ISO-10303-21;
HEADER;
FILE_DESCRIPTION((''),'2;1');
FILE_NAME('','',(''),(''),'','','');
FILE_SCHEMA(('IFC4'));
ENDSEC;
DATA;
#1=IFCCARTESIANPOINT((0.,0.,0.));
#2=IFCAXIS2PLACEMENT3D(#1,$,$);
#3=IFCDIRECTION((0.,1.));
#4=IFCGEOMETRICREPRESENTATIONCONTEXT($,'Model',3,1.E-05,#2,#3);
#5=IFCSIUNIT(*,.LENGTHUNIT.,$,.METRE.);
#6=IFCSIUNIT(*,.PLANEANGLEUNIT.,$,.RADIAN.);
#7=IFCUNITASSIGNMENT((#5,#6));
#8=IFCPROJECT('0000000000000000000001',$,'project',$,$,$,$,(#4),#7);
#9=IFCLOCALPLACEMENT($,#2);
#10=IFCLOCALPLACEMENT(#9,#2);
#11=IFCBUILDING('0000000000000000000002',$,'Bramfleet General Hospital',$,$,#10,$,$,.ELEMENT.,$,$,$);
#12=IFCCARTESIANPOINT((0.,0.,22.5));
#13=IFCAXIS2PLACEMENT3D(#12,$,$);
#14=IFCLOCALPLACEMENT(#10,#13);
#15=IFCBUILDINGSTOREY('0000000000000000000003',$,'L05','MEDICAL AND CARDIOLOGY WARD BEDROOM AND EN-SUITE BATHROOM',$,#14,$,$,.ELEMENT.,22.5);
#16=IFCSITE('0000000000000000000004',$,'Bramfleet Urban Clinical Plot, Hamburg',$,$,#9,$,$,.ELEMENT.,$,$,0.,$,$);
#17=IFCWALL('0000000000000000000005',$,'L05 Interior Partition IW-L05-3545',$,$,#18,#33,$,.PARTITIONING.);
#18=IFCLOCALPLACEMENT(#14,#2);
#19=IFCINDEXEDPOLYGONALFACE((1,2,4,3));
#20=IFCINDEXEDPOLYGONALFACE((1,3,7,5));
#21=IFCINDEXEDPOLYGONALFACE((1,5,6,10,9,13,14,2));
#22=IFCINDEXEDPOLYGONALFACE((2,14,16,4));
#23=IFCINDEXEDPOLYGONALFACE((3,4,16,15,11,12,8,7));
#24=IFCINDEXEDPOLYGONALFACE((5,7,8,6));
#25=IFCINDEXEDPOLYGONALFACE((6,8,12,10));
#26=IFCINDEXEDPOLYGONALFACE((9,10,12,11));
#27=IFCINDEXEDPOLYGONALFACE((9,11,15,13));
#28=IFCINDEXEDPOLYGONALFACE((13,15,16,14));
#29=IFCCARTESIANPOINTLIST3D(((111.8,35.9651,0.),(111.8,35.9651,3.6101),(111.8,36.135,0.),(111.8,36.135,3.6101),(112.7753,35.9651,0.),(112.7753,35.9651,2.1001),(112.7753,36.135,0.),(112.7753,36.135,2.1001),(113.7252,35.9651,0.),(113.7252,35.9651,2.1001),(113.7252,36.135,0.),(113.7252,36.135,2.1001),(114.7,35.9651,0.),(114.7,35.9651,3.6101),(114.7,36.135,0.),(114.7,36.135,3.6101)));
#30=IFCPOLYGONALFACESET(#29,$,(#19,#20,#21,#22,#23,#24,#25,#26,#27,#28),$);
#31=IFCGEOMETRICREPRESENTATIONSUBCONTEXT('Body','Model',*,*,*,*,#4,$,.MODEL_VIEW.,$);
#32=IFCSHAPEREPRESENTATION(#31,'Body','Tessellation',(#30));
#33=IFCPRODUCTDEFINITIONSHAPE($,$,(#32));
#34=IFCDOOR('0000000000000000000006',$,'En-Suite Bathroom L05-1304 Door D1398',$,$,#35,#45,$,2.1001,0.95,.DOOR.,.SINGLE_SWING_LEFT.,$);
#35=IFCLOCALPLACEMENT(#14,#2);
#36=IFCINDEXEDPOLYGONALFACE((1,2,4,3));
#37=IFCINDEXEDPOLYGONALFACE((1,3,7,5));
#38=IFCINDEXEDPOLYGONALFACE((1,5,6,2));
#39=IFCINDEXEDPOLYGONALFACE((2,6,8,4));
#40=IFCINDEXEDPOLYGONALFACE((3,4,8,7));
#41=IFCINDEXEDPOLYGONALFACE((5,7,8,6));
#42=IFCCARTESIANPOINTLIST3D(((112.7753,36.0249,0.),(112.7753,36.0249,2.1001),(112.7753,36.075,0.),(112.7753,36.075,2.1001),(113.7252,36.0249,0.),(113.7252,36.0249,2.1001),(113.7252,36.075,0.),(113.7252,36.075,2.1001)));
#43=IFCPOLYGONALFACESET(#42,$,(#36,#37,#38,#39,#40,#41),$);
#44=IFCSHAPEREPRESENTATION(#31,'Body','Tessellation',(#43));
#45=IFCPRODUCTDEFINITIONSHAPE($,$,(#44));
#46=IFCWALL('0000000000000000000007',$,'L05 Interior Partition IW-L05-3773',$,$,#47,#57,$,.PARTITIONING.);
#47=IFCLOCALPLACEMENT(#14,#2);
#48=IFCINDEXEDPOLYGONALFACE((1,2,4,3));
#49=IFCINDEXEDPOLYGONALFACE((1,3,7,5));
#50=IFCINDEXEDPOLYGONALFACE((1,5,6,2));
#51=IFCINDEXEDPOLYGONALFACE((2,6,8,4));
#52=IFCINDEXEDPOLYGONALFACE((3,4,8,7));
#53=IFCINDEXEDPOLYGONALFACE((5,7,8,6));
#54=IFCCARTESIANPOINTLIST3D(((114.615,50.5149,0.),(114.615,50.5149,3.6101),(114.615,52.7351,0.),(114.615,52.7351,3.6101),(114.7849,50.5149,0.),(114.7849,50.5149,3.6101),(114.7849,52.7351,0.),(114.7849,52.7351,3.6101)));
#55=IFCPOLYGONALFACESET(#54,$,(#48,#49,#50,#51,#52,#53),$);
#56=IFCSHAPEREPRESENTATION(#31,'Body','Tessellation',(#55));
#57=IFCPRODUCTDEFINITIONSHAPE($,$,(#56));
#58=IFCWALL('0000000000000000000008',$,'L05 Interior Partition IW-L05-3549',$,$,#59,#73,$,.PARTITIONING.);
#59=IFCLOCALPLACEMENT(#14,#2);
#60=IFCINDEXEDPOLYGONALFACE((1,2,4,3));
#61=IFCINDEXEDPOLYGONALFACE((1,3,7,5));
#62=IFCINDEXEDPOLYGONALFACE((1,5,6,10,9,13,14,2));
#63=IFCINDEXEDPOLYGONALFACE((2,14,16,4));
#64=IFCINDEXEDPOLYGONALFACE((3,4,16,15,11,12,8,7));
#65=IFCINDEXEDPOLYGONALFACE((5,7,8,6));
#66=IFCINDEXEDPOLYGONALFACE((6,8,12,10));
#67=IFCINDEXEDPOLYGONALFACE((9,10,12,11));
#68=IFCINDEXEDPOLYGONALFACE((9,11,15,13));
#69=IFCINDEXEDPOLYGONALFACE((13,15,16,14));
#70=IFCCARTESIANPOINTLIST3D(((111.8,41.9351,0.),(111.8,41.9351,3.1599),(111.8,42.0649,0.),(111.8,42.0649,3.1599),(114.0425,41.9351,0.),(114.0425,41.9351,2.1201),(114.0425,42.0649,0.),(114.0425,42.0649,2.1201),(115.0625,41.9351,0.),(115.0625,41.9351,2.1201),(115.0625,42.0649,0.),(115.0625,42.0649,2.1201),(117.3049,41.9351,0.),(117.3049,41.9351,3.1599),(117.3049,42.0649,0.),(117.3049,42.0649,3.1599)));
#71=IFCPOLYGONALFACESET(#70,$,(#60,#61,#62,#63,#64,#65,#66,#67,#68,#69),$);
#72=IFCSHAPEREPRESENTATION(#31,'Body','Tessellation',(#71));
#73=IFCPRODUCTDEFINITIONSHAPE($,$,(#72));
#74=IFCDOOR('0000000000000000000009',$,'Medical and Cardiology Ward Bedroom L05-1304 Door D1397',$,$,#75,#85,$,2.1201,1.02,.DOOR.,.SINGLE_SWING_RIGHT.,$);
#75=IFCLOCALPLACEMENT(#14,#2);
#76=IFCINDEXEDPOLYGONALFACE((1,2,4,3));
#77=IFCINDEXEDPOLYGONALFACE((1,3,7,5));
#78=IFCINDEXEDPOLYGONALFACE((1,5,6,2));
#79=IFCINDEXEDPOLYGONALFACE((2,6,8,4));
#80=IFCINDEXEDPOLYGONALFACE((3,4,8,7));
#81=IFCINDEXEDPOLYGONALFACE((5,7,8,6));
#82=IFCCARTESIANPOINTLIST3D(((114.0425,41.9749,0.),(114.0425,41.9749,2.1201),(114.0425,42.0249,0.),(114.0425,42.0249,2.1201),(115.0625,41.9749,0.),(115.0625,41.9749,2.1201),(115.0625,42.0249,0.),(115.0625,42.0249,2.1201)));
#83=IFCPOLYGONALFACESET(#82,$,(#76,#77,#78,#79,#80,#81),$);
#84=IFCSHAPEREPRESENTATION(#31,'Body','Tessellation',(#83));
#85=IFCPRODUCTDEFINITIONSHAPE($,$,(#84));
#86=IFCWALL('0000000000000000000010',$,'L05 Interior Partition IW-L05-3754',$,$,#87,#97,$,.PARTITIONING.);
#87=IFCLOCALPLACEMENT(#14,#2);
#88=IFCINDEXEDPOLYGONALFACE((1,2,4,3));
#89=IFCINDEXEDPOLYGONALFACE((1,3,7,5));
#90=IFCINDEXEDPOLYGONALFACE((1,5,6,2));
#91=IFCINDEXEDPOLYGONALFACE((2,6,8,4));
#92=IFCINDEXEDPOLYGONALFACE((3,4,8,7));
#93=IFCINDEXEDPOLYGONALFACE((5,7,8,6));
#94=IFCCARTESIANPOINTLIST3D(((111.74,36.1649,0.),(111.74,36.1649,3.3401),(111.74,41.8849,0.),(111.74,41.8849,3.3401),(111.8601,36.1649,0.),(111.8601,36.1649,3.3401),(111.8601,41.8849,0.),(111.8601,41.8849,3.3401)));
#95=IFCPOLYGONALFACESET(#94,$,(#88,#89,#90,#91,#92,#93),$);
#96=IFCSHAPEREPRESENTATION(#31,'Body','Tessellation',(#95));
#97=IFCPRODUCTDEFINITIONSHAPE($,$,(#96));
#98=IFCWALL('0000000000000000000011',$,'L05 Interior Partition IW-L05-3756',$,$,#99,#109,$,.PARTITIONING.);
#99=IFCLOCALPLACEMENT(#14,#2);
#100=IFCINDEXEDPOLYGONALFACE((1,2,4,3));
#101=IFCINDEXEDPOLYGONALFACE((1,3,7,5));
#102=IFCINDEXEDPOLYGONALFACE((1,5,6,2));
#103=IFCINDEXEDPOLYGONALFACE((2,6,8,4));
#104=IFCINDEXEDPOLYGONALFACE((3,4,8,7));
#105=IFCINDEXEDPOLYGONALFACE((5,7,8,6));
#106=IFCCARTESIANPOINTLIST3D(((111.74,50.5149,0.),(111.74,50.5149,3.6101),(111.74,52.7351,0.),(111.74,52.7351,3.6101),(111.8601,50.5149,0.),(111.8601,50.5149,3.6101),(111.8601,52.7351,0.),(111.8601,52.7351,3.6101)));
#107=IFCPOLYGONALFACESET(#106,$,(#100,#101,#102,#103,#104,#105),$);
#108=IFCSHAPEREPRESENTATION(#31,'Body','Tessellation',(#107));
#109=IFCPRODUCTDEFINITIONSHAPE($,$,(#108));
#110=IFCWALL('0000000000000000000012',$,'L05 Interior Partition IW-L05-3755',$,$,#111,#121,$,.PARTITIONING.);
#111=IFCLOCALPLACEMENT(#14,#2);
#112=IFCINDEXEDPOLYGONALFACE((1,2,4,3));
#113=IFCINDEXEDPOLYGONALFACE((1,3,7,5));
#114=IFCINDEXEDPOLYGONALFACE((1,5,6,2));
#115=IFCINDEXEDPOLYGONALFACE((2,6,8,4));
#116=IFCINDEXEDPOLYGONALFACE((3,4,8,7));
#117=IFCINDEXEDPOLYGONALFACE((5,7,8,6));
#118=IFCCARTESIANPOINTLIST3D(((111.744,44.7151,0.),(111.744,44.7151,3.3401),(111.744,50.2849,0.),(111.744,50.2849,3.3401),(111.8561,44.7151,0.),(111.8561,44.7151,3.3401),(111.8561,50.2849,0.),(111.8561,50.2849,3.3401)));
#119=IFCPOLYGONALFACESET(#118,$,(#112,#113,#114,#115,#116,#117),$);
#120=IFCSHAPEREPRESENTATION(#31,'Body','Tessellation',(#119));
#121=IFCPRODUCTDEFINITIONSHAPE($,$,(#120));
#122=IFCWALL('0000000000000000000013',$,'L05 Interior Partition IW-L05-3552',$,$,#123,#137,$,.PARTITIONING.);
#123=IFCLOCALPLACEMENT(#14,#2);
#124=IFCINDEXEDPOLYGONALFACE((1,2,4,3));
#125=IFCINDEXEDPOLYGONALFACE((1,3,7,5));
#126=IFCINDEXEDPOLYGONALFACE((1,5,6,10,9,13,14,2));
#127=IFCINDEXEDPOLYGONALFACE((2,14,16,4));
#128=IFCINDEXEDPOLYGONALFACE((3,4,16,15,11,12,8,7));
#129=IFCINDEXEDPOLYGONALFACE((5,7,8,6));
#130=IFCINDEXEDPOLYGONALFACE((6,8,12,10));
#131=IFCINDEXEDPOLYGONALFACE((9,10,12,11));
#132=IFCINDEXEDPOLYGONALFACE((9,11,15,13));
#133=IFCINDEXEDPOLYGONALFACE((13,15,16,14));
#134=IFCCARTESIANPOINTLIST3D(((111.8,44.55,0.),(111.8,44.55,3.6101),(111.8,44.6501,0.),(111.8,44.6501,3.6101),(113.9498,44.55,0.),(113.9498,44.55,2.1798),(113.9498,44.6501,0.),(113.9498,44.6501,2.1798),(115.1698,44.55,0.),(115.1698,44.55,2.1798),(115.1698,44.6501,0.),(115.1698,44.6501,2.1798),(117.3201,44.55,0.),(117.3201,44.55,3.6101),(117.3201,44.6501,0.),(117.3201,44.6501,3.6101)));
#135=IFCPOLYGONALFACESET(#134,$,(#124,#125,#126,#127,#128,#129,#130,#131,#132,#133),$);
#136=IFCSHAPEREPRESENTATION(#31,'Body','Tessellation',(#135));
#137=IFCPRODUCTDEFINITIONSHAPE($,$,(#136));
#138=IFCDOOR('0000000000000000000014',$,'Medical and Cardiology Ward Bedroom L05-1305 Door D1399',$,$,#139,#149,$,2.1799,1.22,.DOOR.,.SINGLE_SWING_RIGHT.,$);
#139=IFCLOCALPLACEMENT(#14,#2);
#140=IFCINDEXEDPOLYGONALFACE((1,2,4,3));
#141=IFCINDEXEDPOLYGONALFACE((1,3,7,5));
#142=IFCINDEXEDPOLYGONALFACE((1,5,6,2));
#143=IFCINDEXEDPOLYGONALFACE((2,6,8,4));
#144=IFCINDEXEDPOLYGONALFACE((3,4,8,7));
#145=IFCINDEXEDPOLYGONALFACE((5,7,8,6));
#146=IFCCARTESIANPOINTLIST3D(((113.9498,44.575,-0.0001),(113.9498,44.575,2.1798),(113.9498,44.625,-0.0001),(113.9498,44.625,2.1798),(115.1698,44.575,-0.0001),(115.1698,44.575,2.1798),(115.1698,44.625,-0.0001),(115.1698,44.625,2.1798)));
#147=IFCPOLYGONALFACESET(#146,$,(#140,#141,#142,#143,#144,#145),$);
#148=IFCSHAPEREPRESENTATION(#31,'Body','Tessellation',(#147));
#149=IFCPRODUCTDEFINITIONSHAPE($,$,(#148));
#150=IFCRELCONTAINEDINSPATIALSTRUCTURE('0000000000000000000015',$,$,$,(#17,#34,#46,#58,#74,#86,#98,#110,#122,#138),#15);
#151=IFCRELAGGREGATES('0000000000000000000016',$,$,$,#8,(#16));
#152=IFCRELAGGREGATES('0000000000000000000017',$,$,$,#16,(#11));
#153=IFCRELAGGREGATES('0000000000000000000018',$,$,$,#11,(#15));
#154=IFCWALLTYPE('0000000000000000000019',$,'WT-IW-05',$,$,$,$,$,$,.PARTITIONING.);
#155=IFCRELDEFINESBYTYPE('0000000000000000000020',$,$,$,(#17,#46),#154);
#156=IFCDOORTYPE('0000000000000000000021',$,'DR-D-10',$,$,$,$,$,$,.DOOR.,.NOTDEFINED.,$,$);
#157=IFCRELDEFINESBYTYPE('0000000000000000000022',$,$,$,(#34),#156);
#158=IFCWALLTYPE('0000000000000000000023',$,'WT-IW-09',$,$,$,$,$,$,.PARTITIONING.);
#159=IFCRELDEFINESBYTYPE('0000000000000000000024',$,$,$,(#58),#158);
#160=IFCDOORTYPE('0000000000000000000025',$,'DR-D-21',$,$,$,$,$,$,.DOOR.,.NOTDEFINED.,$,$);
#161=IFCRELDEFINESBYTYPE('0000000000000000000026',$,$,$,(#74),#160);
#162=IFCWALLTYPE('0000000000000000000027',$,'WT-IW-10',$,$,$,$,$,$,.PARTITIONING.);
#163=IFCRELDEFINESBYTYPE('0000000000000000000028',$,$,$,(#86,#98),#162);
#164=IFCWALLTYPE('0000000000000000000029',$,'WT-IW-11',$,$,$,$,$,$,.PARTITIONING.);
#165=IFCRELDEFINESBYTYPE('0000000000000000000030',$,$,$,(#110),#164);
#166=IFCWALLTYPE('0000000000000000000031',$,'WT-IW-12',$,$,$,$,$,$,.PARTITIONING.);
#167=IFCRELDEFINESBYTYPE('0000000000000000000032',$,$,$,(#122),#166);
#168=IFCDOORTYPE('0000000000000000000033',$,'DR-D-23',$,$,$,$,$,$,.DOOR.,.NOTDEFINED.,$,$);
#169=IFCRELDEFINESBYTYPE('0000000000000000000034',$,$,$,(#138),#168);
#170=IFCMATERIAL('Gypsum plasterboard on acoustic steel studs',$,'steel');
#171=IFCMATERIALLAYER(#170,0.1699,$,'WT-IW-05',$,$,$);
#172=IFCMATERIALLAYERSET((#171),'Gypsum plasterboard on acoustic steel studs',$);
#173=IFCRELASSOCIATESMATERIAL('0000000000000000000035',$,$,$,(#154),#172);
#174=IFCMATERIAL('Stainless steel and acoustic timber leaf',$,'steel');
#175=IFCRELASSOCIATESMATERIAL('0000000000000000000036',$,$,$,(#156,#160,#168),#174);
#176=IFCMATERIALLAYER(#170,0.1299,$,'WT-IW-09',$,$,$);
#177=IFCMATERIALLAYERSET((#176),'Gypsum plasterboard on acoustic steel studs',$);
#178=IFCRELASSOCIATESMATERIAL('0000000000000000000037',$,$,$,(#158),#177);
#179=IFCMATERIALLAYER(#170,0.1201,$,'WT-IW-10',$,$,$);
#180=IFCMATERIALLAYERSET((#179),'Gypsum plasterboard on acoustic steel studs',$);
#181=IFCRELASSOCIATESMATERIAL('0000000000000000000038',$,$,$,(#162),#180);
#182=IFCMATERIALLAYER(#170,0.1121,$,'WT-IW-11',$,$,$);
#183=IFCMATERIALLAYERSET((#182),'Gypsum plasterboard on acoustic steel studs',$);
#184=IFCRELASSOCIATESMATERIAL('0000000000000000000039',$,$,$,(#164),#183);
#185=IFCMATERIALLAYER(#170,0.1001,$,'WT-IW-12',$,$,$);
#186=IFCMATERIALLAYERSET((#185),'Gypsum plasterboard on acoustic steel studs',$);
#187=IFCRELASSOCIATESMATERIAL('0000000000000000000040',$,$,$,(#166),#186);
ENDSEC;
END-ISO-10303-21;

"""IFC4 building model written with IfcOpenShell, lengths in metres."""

from ifc_helpers import new_model, si_unit, direction, frame, frame_2d, origin, place, context, subcontext, project, spatial, rectangle, extrude, material, layer, layer_set, type_object, element, fill, save


model = new_model("IFC4")

# Units and contexts
model_context = context("Model", 3, precision=1e-05, world=origin(), true_north=direction((0.0, 1.0)))
body_context = subcontext(model_context, "Body", "Model", "MODEL_VIEW")
ifc_project = project(units=[si_unit("LENGTHUNIT", "METRE"), si_unit("PLANEANGLEUNIT", "RADIAN")], contexts=[model_context])

# Site, building, storey
site_placement = place(None, origin())
site = spatial("IfcSite", under=ifc_project, at=site_placement, Name="Bramfleet Urban Clinical Plot, Hamburg", CompositionType="ELEMENT", RefElevation=0.0)
building_placement = place(site_placement, origin())
building = spatial("IfcBuilding", under=site, at=building_placement, Name="Bramfleet General Hospital", CompositionType="ELEMENT")
storey_placement = place(building_placement, frame((0.0, 0.0, 22.5)))
storey = spatial("IfcBuildingStorey", under=building, at=storey_placement, Name="L05", Description="MEDICAL AND CARDIOLOGY WARD BEDROOM AND EN-SUITE BATHROOM", CompositionType="ELEMENT", Elevation=22.5)

# Wall, opening, door
ifc_material_1 = material(Name="Gypsum plasterboard on acoustic steel studs", Category="steel")
ifc_layer_1 = layer(ifc_material_1, 0.1699, Name="WT-IW-05")
ifc_layer_set_1 = layer_set([ifc_layer_1], Name="Gypsum plasterboard on acoustic steel studs")
wall_type_1 = type_object("IfcWallType", Name="WT-IW-05", PredefinedType="PARTITIONING", material=ifc_layer_set_1)
wall_1_placement = place(storey_placement, frame((111.8, 36.05, 0.0), z_axis=(0.0, 0.0, 1.0), x_axis=(1.0, 0.0, 0.0)))
wall_1 = element("IfcWall", 1, at=wall_1_placement, inside=storey, type_object=wall_type_1, Name="L05 Interior Partition IW-L05-3545", PredefinedType="PARTITIONING", context=body_context, shape_type="SweptSolid", body=[
    extrude(rectangle(XDim=2.8999, YDim=0.1699, at=frame_2d((1.45, 0.0))), origin(), (0.0, 0.0, 1.0), 3.6101),
])
opening_1_placement = place(wall_1_placement, frame((0.9751, 0.0, 0.0)))
opening_1 = element("IfcOpeningElement", 2, at=opening_1_placement, cuts=wall_1, PredefinedType="OPENING", context=body_context, shape_type="SweptSolid", body=[
    extrude(rectangle(XDim=0.95, YDim=2.1001, at=frame_2d((0.4751, 1.05))), frame((0.0, 0.095, 0.0), z_axis=(0.0, -1.0, 0.0), x_axis=(1.0, 0.0, 0.0)), (0.0, 0.0, 1.0), 0.1899),
])
ifc_material_2 = material(Name="Stainless steel and acoustic timber leaf", Category="steel")
door_type_1 = type_object("IfcDoorType", Name="DR-D-10", OperationType="NOTDEFINED", PredefinedType="DOOR", material=ifc_material_2)
door_1_placement = place(opening_1_placement, origin())
door_1 = element("IfcDoor", 3, at=door_1_placement, inside=storey, type_object=door_type_1, Name="En-Suite Bathroom L05-1304 Door D1398", OperationType="SINGLE_SWING_LEFT", OverallHeight=2.1001, OverallWidth=0.95, PredefinedType="DOOR", context=body_context, shape_type="SweptSolid", body=[
    extrude(rectangle(XDim=0.95, YDim=2.1001, at=frame_2d((0.4751, 1.05))), frame((0.0, 0.0249, 0.0), z_axis=(0.0, -1.0, 0.0), x_axis=(1.0, 0.0, 0.0)), (0.0, 0.0, 1.0), 0.05),
])
fill(opening_1, door_1)

# Wall
wall_2_placement = place(storey_placement, frame((114.7, 50.5149, 0.0), z_axis=(0.0, 0.0, 1.0), x_axis=(0.0, 1.0, 0.0)))
element("IfcWall", 4, at=wall_2_placement, inside=storey, type_object=wall_type_1, Name="L05 Interior Partition IW-L05-3773", PredefinedType="PARTITIONING", context=body_context, shape_type="SweptSolid", body=[
    extrude(rectangle(XDim=2.2202, YDim=0.1699, at=frame_2d((1.1101, 0.0))), origin(), (0.0, 0.0, 1.0), 3.6101),
])

# Wall, opening, door
ifc_layer_2 = layer(ifc_material_1, 0.1299, Name="WT-IW-09")
ifc_layer_set_2 = layer_set([ifc_layer_2], Name="Gypsum plasterboard on acoustic steel studs")
wall_type_2 = type_object("IfcWallType", Name="WT-IW-09", PredefinedType="PARTITIONING", material=ifc_layer_set_2)
wall_3_placement = place(storey_placement, frame((111.8, 42.0, 0.0), z_axis=(0.0, 0.0, 1.0), x_axis=(1.0, 0.0, 0.0)))
wall_3 = element("IfcWall", 5, at=wall_3_placement, inside=storey, type_object=wall_type_2, Name="L05 Interior Partition IW-L05-3549", PredefinedType="PARTITIONING", context=body_context, shape_type="SweptSolid", body=[
    extrude(rectangle(XDim=5.5049, YDim=0.1299, at=frame_2d((2.7524, 0.0))), origin(), (0.0, 0.0, 1.0), 3.1599),
])
opening_2_placement = place(wall_3_placement, frame((2.2424, 0.0, 0.0)))
opening_2 = element("IfcOpeningElement", 6, at=opening_2_placement, cuts=wall_3, PredefinedType="OPENING", context=body_context, shape_type="SweptSolid", body=[
    extrude(rectangle(XDim=1.02, YDim=2.1201, at=frame_2d((0.51, 1.0601))), frame((0.0, 0.075, 0.0), z_axis=(0.0, -1.0, 0.0), x_axis=(1.0, 0.0, 0.0)), (0.0, 0.0, 1.0), 0.1499),
])
door_type_2 = type_object("IfcDoorType", Name="DR-D-21", OperationType="NOTDEFINED", PredefinedType="DOOR", material=ifc_material_2)
door_2_placement = place(opening_2_placement, origin())
door_2 = element("IfcDoor", 7, at=door_2_placement, inside=storey, type_object=door_type_2, Name="Medical and Cardiology Ward Bedroom L05-1304 Door D1397", OperationType="SINGLE_SWING_RIGHT", OverallHeight=2.1201, OverallWidth=1.02, PredefinedType="DOOR", context=body_context, shape_type="SweptSolid", body=[
    extrude(rectangle(XDim=1.02, YDim=2.1201, at=frame_2d((0.51, 1.0601))), frame((0.0, 0.0249, 0.0), z_axis=(0.0, -1.0, 0.0), x_axis=(1.0, 0.0, 0.0)), (0.0, 0.0, 1.0), 0.05),
])
fill(opening_2, door_2)

# Walls
ifc_layer_3 = layer(ifc_material_1, 0.1201, Name="WT-IW-10")
ifc_layer_set_3 = layer_set([ifc_layer_3], Name="Gypsum plasterboard on acoustic steel studs")
wall_type_3 = type_object("IfcWallType", Name="WT-IW-10", PredefinedType="PARTITIONING", material=ifc_layer_set_3)
wall_4_placement = place(storey_placement, frame((111.8, 36.165, 0.0), z_axis=(0.0, 0.0, 1.0), x_axis=(0.0, 1.0, 0.0)))
element("IfcWall", 8, at=wall_4_placement, inside=storey, type_object=wall_type_3, Name="L05 Interior Partition IW-L05-3754", PredefinedType="PARTITIONING", context=body_context, shape_type="SweptSolid", body=[
    extrude(rectangle(XDim=5.72, YDim=0.1201, at=frame_2d((2.8599, 0.0))), origin(), (0.0, 0.0, 1.0), 3.3401),
])
wall_5_placement = place(storey_placement, frame((111.8, 50.5149, 0.0), z_axis=(0.0, 0.0, 1.0), x_axis=(0.0, 1.0, 0.0)))
element("IfcWall", 9, at=wall_5_placement, inside=storey, type_object=wall_type_3, Name="L05 Interior Partition IW-L05-3756", PredefinedType="PARTITIONING", context=body_context, shape_type="SweptSolid", body=[
    extrude(rectangle(XDim=2.2202, YDim=0.1201, at=frame_2d((1.1101, 0.0))), origin(), (0.0, 0.0, 1.0), 3.6101),
])
ifc_layer_4 = layer(ifc_material_1, 0.1121, Name="WT-IW-11")
ifc_layer_set_4 = layer_set([ifc_layer_4], Name="Gypsum plasterboard on acoustic steel studs")
wall_type_4 = type_object("IfcWallType", Name="WT-IW-11", PredefinedType="PARTITIONING", material=ifc_layer_set_4)
wall_6_placement = place(storey_placement, frame((111.8, 44.7151, 0.0), z_axis=(0.0, 0.0, 1.0), x_axis=(0.0, 1.0, 0.0)))
element("IfcWall", 10, at=wall_6_placement, inside=storey, type_object=wall_type_4, Name="L05 Interior Partition IW-L05-3755", PredefinedType="PARTITIONING", context=body_context, shape_type="SweptSolid", body=[
    extrude(rectangle(XDim=5.5698, YDim=0.1121, at=frame_2d((2.7849, 0.0))), origin(), (0.0, 0.0, 1.0), 3.3401),
])

# Wall, opening, door
ifc_layer_5 = layer(ifc_material_1, 0.1001, Name="WT-IW-12")
ifc_layer_set_5 = layer_set([ifc_layer_5], Name="Gypsum plasterboard on acoustic steel studs")
wall_type_5 = type_object("IfcWallType", Name="WT-IW-12", PredefinedType="PARTITIONING", material=ifc_layer_set_5)
wall_7_placement = place(storey_placement, frame((111.8, 44.6001, 0.0), z_axis=(0.0, 0.0, 1.0), x_axis=(1.0, 0.0, 0.0)))
wall_7 = element("IfcWall", 11, at=wall_7_placement, inside=storey, type_object=wall_type_5, Name="L05 Interior Partition IW-L05-3552", PredefinedType="PARTITIONING", context=body_context, shape_type="SweptSolid", body=[
    extrude(rectangle(XDim=5.52, YDim=0.1001, at=frame_2d((2.76, 0.0))), origin(), (0.0, 0.0, 1.0), 3.6101),
])
opening_3_placement = place(wall_7_placement, frame((2.1499, 0.0, 0.0)))
opening_3 = element("IfcOpeningElement", 12, at=opening_3_placement, cuts=wall_7, PredefinedType="OPENING", context=body_context, shape_type="SweptSolid", body=[
    extrude(rectangle(XDim=1.22, YDim=2.1799, at=frame_2d((0.6099, 1.0898))), frame((0.0, 0.0601, 0.0), z_axis=(0.0, -1.0, 0.0), x_axis=(1.0, 0.0, 0.0)), (0.0, 0.0, 1.0), 0.1201),
])
door_type_3 = type_object("IfcDoorType", Name="DR-D-23", OperationType="NOTDEFINED", PredefinedType="DOOR", material=ifc_material_2)
door_3_placement = place(opening_3_placement, origin())
door_3 = element("IfcDoor", 13, at=door_3_placement, inside=storey, type_object=door_type_3, Name="Medical and Cardiology Ward Bedroom L05-1305 Door D1399", OperationType="SINGLE_SWING_RIGHT", OverallHeight=2.1799, OverallWidth=1.22, PredefinedType="DOOR", context=body_context, shape_type="SweptSolid", body=[
    extrude(rectangle(XDim=1.22, YDim=2.1799, at=frame_2d((0.6099, 1.0898))), frame((0.0, 0.0249, 0.0), z_axis=(0.0, -1.0, 0.0), x_axis=(1.0, 0.0, 0.0)), (0.0, 0.0, 1.0), 0.05),
])
fill(opening_3, door_3)

save(model, "model.ifc")
